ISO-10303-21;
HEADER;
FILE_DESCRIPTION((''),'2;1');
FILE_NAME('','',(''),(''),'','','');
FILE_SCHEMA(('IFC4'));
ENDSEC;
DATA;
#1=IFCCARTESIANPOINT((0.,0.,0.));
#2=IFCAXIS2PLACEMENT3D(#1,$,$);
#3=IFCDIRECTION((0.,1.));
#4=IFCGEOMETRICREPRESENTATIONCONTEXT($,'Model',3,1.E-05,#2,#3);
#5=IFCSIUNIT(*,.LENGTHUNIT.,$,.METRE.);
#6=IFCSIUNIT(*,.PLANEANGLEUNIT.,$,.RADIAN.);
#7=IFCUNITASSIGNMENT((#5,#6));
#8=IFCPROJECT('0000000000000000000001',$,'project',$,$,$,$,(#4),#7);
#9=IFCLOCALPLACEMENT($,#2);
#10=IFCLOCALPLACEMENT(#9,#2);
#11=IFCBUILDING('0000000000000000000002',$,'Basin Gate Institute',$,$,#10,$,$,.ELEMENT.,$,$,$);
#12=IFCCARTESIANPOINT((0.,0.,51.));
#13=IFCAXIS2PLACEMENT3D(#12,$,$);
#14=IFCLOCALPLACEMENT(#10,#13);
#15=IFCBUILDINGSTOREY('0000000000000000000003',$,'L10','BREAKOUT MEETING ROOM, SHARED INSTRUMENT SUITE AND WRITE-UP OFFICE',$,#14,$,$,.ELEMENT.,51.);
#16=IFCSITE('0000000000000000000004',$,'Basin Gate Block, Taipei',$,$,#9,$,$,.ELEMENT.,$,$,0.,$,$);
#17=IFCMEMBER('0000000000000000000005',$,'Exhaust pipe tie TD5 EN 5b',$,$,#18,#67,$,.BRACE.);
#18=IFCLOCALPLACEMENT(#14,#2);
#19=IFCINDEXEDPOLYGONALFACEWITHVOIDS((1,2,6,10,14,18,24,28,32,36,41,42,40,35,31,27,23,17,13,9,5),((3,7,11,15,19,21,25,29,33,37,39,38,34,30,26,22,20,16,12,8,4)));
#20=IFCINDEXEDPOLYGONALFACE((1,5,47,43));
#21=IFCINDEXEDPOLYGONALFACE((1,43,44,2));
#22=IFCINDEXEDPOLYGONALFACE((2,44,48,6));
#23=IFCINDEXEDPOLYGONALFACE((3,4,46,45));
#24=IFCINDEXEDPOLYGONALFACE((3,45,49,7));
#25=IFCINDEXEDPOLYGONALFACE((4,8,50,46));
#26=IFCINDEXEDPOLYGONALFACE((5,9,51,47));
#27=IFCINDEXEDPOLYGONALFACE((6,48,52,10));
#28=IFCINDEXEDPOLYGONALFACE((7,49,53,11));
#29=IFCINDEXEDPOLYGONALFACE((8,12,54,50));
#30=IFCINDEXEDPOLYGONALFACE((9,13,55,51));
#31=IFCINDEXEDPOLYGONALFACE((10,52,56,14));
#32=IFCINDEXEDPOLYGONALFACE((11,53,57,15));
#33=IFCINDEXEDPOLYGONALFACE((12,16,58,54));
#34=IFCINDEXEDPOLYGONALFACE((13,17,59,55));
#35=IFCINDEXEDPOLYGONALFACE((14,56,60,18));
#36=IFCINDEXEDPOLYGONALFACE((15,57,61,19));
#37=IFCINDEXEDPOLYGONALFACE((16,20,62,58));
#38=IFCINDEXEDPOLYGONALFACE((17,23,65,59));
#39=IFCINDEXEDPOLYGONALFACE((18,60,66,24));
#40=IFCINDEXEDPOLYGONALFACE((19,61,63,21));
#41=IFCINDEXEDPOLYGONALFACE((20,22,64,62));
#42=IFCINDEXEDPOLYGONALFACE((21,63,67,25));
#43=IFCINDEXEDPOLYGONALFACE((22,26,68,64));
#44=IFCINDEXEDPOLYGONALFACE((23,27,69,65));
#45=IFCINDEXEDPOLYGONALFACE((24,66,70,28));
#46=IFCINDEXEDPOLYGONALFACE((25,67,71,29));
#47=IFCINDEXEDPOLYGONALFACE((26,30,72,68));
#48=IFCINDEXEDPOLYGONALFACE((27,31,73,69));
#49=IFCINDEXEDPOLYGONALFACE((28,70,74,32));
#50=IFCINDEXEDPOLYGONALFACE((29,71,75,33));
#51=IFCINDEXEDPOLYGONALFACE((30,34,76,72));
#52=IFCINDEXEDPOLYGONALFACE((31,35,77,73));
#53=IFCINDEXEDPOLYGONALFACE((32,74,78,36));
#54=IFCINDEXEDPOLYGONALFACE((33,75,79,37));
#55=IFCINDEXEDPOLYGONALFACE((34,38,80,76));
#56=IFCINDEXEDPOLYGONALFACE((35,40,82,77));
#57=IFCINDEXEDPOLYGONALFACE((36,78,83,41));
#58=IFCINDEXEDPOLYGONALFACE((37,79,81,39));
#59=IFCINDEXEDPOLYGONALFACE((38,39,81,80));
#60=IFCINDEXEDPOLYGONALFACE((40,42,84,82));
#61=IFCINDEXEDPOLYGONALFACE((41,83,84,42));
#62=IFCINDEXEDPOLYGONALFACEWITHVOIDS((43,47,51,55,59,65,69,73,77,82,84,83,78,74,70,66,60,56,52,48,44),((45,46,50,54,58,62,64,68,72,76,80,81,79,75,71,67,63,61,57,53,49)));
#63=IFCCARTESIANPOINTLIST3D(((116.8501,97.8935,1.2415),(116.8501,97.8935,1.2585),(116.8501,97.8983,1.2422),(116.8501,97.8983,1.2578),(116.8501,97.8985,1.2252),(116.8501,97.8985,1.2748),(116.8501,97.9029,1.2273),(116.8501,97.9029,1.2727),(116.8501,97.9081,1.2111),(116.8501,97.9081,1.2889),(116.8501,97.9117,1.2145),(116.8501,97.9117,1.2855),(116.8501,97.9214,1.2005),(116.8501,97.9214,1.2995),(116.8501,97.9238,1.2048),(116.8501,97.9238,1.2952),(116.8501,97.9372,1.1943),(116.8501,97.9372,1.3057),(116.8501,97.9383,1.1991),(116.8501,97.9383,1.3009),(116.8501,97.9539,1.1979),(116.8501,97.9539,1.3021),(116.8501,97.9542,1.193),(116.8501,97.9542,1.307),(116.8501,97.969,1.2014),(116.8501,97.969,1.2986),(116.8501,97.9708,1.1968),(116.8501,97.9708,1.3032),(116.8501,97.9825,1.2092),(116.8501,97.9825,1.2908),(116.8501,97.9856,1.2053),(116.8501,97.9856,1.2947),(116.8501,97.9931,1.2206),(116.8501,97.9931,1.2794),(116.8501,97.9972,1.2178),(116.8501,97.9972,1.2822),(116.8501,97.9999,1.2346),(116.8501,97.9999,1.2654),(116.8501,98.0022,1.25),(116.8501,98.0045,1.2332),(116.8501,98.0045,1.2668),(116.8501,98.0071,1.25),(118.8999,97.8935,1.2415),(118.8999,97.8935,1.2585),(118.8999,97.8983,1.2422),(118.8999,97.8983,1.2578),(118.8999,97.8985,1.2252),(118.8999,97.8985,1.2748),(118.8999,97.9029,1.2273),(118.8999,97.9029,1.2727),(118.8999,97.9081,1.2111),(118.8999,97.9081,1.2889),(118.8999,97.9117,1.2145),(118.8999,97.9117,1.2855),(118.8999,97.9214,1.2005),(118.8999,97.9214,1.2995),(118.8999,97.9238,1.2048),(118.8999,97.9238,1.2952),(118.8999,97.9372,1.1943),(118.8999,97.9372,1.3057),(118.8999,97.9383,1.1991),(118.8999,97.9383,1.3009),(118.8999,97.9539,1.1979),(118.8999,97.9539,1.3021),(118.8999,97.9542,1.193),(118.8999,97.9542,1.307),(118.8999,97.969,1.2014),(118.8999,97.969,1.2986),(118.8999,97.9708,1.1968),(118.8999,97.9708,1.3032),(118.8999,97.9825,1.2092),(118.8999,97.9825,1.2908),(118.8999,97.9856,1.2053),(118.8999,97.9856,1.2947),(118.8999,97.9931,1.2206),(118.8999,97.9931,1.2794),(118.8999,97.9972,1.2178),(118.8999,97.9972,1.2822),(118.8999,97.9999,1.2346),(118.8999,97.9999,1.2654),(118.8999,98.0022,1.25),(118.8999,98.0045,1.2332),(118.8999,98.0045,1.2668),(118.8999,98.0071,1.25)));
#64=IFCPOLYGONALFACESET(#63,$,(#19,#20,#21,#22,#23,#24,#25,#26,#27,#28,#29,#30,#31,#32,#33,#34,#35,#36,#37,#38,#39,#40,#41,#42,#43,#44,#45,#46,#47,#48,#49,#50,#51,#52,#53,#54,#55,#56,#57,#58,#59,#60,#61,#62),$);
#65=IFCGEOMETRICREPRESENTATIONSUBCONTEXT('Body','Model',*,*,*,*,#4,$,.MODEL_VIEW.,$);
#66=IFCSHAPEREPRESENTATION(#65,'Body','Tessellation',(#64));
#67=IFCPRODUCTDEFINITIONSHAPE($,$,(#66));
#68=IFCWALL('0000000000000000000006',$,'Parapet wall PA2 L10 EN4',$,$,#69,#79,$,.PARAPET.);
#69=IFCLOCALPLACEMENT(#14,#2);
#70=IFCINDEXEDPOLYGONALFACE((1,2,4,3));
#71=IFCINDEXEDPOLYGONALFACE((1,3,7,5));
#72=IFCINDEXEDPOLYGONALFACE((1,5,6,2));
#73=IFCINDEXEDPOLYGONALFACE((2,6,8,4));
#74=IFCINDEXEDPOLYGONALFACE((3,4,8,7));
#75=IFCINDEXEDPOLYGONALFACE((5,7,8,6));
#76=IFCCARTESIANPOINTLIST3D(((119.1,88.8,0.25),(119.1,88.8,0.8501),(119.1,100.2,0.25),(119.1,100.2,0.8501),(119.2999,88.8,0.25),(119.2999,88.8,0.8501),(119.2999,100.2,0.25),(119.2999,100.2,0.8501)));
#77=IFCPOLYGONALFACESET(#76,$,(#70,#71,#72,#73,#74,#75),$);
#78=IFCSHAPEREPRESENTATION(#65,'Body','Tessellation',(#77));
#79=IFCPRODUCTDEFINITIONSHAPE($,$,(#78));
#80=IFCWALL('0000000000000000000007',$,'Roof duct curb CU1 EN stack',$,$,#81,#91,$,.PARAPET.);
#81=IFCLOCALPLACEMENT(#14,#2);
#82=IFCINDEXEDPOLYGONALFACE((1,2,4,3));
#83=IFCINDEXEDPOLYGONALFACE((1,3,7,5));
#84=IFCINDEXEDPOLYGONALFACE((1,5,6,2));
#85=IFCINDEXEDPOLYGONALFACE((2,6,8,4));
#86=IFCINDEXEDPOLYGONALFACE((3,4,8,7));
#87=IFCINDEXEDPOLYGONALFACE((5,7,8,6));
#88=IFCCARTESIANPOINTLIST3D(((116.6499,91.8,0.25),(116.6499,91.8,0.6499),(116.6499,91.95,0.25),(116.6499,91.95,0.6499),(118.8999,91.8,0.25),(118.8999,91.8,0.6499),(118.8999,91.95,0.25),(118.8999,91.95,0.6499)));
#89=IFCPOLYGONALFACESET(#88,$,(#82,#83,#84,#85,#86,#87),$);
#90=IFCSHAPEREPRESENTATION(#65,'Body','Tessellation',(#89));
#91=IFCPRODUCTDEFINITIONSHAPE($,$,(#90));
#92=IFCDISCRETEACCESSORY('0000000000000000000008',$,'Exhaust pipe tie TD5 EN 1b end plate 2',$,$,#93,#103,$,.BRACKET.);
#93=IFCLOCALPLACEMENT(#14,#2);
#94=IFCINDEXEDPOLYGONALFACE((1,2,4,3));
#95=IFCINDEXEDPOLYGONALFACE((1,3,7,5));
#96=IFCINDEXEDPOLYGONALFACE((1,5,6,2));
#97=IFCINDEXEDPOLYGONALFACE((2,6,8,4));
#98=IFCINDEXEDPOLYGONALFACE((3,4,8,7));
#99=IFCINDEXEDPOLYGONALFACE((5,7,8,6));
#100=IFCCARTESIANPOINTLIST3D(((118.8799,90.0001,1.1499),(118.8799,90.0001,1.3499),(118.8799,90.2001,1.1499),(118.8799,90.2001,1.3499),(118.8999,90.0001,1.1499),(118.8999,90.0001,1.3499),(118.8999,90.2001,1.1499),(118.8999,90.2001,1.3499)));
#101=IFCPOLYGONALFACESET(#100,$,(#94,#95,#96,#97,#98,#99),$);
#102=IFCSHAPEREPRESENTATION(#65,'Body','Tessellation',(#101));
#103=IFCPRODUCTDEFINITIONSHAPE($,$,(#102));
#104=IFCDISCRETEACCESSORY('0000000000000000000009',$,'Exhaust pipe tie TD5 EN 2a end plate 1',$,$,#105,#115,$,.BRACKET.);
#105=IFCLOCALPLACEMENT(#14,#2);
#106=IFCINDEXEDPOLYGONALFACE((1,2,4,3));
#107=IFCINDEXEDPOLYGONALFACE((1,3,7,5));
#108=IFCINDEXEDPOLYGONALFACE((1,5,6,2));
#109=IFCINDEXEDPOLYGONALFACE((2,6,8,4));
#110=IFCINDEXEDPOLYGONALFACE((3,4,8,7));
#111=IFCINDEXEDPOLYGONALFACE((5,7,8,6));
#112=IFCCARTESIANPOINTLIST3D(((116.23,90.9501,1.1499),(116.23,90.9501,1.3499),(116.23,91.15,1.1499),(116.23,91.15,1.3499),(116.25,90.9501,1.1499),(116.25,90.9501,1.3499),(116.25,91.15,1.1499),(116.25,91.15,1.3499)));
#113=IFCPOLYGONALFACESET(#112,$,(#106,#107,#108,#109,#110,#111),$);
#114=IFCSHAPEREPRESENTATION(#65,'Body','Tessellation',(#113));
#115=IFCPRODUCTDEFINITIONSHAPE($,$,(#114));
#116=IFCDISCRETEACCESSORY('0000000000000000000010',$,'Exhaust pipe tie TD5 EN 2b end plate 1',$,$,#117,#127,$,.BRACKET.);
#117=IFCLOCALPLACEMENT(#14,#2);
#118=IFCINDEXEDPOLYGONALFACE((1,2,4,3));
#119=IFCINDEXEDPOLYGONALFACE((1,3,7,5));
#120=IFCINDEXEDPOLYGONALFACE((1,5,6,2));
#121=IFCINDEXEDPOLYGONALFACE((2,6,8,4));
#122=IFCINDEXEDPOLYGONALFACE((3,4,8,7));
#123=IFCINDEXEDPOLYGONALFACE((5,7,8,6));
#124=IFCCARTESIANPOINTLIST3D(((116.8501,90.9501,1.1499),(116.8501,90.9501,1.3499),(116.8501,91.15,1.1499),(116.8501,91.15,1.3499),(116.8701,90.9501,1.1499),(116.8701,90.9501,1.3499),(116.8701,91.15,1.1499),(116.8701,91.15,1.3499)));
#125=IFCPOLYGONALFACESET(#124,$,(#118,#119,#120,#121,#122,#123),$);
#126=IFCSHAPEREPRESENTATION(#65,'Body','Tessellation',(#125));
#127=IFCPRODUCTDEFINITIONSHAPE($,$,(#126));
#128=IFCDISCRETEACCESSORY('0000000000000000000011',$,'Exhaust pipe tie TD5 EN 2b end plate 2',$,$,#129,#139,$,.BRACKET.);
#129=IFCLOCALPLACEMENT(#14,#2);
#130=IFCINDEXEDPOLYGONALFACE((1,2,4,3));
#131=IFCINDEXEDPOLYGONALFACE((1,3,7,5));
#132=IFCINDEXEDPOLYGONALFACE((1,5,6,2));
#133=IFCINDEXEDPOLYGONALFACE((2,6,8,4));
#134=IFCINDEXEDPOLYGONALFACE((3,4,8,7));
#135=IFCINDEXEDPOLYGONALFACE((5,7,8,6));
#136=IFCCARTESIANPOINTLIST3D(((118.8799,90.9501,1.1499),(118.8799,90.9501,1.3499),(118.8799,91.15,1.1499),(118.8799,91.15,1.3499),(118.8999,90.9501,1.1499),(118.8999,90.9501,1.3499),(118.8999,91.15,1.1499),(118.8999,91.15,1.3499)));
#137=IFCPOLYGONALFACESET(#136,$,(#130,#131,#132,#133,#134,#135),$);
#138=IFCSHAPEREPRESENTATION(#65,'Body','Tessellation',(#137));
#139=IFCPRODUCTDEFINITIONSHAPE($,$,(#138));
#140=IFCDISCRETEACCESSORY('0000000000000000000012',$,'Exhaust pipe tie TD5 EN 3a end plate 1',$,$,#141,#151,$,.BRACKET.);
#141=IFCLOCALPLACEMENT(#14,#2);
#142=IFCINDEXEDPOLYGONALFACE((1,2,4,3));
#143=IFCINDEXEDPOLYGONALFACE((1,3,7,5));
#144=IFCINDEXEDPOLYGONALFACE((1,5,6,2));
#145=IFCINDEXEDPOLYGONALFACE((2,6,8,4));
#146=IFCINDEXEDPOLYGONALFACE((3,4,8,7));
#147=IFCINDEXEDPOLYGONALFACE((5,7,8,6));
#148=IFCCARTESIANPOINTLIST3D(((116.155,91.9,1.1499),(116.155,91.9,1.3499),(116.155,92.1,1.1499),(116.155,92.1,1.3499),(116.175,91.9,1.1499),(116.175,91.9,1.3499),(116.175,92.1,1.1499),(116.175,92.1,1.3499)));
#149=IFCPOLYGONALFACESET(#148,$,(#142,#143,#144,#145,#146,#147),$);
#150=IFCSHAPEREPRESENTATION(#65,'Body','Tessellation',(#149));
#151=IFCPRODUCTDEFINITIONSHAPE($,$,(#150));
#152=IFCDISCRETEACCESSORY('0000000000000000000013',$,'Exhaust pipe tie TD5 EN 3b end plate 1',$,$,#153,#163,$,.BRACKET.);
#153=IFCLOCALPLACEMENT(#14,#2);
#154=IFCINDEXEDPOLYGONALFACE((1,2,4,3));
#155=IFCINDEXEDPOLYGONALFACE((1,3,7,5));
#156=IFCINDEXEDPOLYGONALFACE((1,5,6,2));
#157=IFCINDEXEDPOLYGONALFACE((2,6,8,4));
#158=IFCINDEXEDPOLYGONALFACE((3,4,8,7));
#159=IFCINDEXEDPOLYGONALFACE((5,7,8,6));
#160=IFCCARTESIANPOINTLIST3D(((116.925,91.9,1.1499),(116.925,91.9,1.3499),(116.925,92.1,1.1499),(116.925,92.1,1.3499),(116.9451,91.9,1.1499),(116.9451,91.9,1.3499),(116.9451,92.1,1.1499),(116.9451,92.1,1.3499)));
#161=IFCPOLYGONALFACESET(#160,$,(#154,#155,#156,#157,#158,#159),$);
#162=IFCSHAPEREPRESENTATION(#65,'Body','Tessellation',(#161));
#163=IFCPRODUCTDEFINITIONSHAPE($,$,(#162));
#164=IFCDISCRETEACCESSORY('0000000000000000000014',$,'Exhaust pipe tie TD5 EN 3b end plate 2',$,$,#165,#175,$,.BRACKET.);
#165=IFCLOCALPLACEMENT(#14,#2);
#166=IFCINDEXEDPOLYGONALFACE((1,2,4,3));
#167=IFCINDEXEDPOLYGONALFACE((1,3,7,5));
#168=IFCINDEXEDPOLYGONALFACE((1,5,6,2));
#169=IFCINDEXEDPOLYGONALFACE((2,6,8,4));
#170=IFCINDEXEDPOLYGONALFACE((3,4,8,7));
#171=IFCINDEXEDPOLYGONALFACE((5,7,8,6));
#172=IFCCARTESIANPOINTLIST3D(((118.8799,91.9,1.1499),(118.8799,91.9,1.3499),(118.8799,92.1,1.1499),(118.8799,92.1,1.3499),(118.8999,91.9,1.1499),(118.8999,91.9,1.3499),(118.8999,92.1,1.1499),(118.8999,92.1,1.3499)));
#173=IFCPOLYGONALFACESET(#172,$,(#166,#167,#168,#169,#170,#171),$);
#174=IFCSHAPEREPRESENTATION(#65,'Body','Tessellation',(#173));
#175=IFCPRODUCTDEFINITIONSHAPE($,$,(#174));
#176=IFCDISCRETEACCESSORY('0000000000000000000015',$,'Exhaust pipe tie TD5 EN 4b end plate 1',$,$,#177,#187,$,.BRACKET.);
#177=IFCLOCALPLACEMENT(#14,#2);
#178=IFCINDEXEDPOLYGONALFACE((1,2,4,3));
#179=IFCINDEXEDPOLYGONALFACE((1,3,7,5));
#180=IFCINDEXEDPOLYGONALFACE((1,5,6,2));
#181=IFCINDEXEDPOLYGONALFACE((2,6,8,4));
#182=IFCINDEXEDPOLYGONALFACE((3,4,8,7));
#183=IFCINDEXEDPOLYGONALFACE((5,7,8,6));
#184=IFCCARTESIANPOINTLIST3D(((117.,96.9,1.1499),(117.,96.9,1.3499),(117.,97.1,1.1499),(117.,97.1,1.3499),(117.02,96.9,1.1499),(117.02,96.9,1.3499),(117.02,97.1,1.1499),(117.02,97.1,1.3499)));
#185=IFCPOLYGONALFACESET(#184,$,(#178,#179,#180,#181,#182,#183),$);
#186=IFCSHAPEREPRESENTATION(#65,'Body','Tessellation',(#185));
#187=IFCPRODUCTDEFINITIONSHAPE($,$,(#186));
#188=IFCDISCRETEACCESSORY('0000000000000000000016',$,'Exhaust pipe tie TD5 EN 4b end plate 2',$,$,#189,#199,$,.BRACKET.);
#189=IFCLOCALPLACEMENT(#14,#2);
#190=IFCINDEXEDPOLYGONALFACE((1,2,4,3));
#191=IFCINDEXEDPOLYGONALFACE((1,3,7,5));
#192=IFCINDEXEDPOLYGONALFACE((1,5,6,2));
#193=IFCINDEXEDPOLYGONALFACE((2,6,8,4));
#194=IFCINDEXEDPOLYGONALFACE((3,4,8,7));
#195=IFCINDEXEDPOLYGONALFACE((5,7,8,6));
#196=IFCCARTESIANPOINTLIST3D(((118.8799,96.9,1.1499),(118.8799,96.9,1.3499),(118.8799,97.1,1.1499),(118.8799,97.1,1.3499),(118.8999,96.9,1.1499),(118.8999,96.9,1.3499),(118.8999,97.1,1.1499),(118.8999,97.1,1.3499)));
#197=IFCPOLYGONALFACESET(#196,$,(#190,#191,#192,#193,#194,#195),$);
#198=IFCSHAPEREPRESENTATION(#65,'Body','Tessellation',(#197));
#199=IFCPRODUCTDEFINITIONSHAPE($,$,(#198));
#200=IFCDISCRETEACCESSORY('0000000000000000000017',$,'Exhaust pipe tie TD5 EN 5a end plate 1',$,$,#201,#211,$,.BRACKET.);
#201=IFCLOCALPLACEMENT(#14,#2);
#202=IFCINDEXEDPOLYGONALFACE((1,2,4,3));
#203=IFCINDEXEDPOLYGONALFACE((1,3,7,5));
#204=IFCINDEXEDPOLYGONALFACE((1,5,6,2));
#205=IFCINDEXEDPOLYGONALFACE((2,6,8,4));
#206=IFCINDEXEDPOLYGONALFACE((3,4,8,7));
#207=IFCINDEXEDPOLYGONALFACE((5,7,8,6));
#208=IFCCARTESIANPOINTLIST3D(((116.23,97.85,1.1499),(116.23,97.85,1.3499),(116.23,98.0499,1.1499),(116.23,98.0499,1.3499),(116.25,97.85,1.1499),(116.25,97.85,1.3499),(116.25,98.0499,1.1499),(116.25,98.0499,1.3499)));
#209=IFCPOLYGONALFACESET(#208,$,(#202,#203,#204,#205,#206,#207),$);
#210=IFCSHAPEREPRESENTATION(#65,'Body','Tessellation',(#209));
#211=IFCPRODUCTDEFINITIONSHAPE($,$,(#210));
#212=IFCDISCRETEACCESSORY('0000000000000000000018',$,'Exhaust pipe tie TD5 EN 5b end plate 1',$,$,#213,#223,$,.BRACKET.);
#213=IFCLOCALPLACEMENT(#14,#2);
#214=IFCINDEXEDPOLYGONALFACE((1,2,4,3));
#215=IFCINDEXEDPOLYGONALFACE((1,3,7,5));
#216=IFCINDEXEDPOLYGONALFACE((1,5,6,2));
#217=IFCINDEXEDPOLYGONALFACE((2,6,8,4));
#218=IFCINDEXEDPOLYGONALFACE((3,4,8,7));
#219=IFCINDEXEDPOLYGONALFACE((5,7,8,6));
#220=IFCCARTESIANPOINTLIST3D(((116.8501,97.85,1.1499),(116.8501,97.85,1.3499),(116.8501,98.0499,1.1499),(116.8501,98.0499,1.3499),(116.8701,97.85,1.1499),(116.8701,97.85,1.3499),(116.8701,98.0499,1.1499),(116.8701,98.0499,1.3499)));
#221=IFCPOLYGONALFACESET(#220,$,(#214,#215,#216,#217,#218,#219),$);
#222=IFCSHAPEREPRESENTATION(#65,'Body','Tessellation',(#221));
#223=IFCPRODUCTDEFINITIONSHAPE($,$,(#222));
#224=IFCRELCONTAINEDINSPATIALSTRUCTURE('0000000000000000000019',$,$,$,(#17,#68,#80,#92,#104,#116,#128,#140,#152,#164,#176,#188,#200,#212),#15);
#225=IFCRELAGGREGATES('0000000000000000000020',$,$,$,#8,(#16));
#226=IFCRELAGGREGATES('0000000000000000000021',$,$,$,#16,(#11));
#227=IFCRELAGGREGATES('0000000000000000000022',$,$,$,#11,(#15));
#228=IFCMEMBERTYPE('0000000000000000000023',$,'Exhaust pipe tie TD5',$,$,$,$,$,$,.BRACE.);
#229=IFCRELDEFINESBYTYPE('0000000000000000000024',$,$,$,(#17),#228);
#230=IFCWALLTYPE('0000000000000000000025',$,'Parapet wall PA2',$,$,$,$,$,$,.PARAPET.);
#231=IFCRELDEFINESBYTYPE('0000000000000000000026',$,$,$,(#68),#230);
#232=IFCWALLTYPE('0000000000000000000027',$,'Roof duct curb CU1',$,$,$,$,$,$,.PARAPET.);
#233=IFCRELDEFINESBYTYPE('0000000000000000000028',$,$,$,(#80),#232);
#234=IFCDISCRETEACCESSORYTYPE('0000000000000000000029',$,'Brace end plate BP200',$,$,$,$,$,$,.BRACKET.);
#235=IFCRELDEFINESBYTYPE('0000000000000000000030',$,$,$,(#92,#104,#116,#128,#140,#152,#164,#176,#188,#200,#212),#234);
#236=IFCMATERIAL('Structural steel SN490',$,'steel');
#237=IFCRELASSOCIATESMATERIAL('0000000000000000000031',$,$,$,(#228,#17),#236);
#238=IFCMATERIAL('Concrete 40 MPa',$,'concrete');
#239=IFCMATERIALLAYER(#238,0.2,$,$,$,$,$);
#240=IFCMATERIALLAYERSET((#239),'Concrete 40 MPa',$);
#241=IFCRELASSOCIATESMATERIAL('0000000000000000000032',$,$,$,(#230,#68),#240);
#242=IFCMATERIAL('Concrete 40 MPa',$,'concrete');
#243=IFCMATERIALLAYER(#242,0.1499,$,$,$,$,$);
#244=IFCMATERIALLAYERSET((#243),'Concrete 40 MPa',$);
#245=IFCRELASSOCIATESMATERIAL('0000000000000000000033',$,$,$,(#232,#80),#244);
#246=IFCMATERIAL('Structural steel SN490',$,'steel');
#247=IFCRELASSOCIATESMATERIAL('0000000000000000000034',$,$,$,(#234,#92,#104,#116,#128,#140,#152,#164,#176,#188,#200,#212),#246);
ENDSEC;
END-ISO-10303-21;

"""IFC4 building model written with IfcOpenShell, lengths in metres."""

from ifc_helpers import new_model, si_unit, direction, frame, frame_2d, origin, origin_2d, place, context, subcontext, project, spatial, rectangle, hollow_circle, extrude, material, layer, layer_set, material_profile, profile_set, type_object, element, save


model = new_model("IFC4")

# Units and contexts
model_context = context("Model", 3, precision=1e-05, world=origin(), true_north=direction((0.0, 1.0)))
body_context = subcontext(model_context, "Body", "Model", "MODEL_VIEW")
ifc_project = project(units=[si_unit("LENGTHUNIT", "METRE"), si_unit("PLANEANGLEUNIT", "RADIAN")], contexts=[model_context])

# Site, building, storey
site_placement = place(None, origin())
site = spatial("IfcSite", under=ifc_project, at=site_placement, Name="Basin Gate Block, Taipei", CompositionType="ELEMENT", RefElevation=0.0)
building_placement = place(site_placement, origin())
building = spatial("IfcBuilding", under=site, at=building_placement, Name="Basin Gate Institute", CompositionType="ELEMENT")
storey_placement = place(building_placement, frame((0.0, 0.0, 51.0)))
storey = spatial("IfcBuildingStorey", under=building, at=storey_placement, Name="L10", Description="BREAKOUT MEETING ROOM, SHARED INSTRUMENT SUITE AND WRITE-UP OFFICE", CompositionType="ELEMENT", Elevation=51.0)

# Member
ifc_material_1 = material(Name="Structural steel SN490", Category="steel")
ifc_material_profile_1 = material_profile(ifc_material_1, hollow_circle(Radius=0.0571, WallThickness=0.0049, at=origin_2d()), Name="CHS114x5")
ifc_profile_set_1 = profile_set([ifc_material_profile_1], Name="Structural steel SN490")
member_type_1 = type_object("IfcMemberType", Name="Exhaust pipe tie TD5", PredefinedType="BRACE", material=ifc_profile_set_1)
member_1_placement = place(storey_placement, frame((116.8501, 97.95, 1.25), z_axis=(1.0, 0.0, 0.0), x_axis=(0.0, 1.0, 0.0)))
element("IfcMember", 1, at=member_1_placement, inside=storey, type_object=member_type_1, material=ifc_profile_set_1, Name="Exhaust pipe tie TD5 EN 5b", PredefinedType="BRACE", context=body_context, shape_type="SweptSolid", body=[
    extrude(hollow_circle(Radius=0.0571, WallThickness=0.0049, at=origin_2d()), origin(), (0.0, 0.0, 1.0), 2.0498),
])

# Walls
ifc_material_2 = material(Name="Concrete 40 MPa", Category="concrete")
ifc_layer_1 = layer(ifc_material_2, 0.2)
ifc_layer_set_1 = layer_set([ifc_layer_1], Name="Concrete 40 MPa")
wall_type_1 = type_object("IfcWallType", Name="Parapet wall PA2", PredefinedType="PARAPET", material=ifc_layer_set_1)
wall_1_placement = place(storey_placement, frame((119.2, 100.2, 0.25), z_axis=(0.0, 0.0, 1.0), x_axis=(0.0, -1.0, 0.0)))
element("IfcWall", 2, at=wall_1_placement, inside=storey, type_object=wall_type_1, material=ifc_layer_set_1, Name="Parapet wall PA2 L10 EN4", PredefinedType="PARAPET", context=body_context, shape_type="SweptSolid", body=[
    extrude(rectangle(XDim=11.3999, YDim=0.2, at=frame_2d((5.7, 0.0))), origin(), (0.0, 0.0, 1.0), 0.6001),
])
ifc_material_3 = material(Name="Concrete 40 MPa", Category="concrete")
ifc_layer_2 = layer(ifc_material_3, 0.1499)
ifc_layer_set_2 = layer_set([ifc_layer_2], Name="Concrete 40 MPa")
wall_type_2 = type_object("IfcWallType", Name="Roof duct curb CU1", PredefinedType="PARAPET", material=ifc_layer_set_2)
wall_2_placement = place(storey_placement, frame((116.6499, 91.875, 0.25), z_axis=(0.0, 0.0, 1.0), x_axis=(1.0, 0.0, 0.0)))
element("IfcWall", 3, at=wall_2_placement, inside=storey, type_object=wall_type_2, material=ifc_layer_set_2, Name="Roof duct curb CU1 EN stack", PredefinedType="PARAPET", context=body_context, shape_type="SweptSolid", body=[
    extrude(rectangle(XDim=2.25, YDim=0.1499, at=frame_2d((1.125, 0.0))), origin(), (0.0, 0.0, 1.0), 0.3999),
])

# Discrete accessories
ifc_material_4 = material(Name="Structural steel SN490", Category="steel")
discrete_accessory_type = type_object("IfcDiscreteAccessoryType", Name="Brace end plate BP200", PredefinedType="BRACKET", material=ifc_material_4)
for number, where, z_axis, x_axis, name in (
    (4, (118.8899, 90.1001, 1.1499), (0.0, 0.0, 1.0), (1.0, 0.0, 0.0), "Exhaust pipe tie TD5 EN 1b end plate 2"),
    (5, (116.24, 91.05, 1.1499), (0.0, 0.0, 1.0), (1.0, 0.0, 0.0), "Exhaust pipe tie TD5 EN 2a end plate 1"),
    (6, (116.8601, 91.05, 1.1499), (0.0, 0.0, 1.0), (1.0, 0.0, 0.0), "Exhaust pipe tie TD5 EN 2b end plate 1"),
    (7, (118.8899, 91.05, 1.1499), (0.0, 0.0, 1.0), (1.0, 0.0, 0.0), "Exhaust pipe tie TD5 EN 2b end plate 2"),
    (8, (116.165, 92.0, 1.1499), (0.0, 0.0, 1.0), (1.0, 0.0, 0.0), "Exhaust pipe tie TD5 EN 3a end plate 1"),
    (9, (116.9351, 92.0, 1.1499), (0.0, 0.0, 1.0), (1.0, 0.0, 0.0), "Exhaust pipe tie TD5 EN 3b end plate 1"),
    (10, (118.8899, 92.0, 1.1499), (0.0, 0.0, 1.0), (1.0, 0.0, 0.0), "Exhaust pipe tie TD5 EN 3b end plate 2"),
    (11, (117.01, 97.0, 1.1499), (0.0, 0.0, 1.0), (1.0, 0.0, 0.0), "Exhaust pipe tie TD5 EN 4b end plate 1"),
    (12, (118.8899, 97.0, 1.1499), (0.0, 0.0, 1.0), (1.0, 0.0, 0.0), "Exhaust pipe tie TD5 EN 4b end plate 2"),
    (13, (116.24, 97.95, 1.1499), (0.0, 0.0, 1.0), (1.0, 0.0, 0.0), "Exhaust pipe tie TD5 EN 5a end plate 1"),
    (14, (116.8601, 97.95, 1.1499), (0.0, 0.0, 1.0), (1.0, 0.0, 0.0), "Exhaust pipe tie TD5 EN 5b end plate 1"),
):
    element("IfcDiscreteAccessory", number, at=place(storey_placement, frame(where, z_axis=z_axis, x_axis=x_axis)), inside=storey, type_object=discrete_accessory_type, material=ifc_material_4, Name=name, PredefinedType="BRACKET", context=body_context, shape_type="SweptSolid", body=[
        extrude(rectangle(XDim=0.02, YDim=0.2, at=origin_2d()), origin(), (0.0, 0.0, 1.0), 0.2),
    ])

save(model, "model.ifc")
